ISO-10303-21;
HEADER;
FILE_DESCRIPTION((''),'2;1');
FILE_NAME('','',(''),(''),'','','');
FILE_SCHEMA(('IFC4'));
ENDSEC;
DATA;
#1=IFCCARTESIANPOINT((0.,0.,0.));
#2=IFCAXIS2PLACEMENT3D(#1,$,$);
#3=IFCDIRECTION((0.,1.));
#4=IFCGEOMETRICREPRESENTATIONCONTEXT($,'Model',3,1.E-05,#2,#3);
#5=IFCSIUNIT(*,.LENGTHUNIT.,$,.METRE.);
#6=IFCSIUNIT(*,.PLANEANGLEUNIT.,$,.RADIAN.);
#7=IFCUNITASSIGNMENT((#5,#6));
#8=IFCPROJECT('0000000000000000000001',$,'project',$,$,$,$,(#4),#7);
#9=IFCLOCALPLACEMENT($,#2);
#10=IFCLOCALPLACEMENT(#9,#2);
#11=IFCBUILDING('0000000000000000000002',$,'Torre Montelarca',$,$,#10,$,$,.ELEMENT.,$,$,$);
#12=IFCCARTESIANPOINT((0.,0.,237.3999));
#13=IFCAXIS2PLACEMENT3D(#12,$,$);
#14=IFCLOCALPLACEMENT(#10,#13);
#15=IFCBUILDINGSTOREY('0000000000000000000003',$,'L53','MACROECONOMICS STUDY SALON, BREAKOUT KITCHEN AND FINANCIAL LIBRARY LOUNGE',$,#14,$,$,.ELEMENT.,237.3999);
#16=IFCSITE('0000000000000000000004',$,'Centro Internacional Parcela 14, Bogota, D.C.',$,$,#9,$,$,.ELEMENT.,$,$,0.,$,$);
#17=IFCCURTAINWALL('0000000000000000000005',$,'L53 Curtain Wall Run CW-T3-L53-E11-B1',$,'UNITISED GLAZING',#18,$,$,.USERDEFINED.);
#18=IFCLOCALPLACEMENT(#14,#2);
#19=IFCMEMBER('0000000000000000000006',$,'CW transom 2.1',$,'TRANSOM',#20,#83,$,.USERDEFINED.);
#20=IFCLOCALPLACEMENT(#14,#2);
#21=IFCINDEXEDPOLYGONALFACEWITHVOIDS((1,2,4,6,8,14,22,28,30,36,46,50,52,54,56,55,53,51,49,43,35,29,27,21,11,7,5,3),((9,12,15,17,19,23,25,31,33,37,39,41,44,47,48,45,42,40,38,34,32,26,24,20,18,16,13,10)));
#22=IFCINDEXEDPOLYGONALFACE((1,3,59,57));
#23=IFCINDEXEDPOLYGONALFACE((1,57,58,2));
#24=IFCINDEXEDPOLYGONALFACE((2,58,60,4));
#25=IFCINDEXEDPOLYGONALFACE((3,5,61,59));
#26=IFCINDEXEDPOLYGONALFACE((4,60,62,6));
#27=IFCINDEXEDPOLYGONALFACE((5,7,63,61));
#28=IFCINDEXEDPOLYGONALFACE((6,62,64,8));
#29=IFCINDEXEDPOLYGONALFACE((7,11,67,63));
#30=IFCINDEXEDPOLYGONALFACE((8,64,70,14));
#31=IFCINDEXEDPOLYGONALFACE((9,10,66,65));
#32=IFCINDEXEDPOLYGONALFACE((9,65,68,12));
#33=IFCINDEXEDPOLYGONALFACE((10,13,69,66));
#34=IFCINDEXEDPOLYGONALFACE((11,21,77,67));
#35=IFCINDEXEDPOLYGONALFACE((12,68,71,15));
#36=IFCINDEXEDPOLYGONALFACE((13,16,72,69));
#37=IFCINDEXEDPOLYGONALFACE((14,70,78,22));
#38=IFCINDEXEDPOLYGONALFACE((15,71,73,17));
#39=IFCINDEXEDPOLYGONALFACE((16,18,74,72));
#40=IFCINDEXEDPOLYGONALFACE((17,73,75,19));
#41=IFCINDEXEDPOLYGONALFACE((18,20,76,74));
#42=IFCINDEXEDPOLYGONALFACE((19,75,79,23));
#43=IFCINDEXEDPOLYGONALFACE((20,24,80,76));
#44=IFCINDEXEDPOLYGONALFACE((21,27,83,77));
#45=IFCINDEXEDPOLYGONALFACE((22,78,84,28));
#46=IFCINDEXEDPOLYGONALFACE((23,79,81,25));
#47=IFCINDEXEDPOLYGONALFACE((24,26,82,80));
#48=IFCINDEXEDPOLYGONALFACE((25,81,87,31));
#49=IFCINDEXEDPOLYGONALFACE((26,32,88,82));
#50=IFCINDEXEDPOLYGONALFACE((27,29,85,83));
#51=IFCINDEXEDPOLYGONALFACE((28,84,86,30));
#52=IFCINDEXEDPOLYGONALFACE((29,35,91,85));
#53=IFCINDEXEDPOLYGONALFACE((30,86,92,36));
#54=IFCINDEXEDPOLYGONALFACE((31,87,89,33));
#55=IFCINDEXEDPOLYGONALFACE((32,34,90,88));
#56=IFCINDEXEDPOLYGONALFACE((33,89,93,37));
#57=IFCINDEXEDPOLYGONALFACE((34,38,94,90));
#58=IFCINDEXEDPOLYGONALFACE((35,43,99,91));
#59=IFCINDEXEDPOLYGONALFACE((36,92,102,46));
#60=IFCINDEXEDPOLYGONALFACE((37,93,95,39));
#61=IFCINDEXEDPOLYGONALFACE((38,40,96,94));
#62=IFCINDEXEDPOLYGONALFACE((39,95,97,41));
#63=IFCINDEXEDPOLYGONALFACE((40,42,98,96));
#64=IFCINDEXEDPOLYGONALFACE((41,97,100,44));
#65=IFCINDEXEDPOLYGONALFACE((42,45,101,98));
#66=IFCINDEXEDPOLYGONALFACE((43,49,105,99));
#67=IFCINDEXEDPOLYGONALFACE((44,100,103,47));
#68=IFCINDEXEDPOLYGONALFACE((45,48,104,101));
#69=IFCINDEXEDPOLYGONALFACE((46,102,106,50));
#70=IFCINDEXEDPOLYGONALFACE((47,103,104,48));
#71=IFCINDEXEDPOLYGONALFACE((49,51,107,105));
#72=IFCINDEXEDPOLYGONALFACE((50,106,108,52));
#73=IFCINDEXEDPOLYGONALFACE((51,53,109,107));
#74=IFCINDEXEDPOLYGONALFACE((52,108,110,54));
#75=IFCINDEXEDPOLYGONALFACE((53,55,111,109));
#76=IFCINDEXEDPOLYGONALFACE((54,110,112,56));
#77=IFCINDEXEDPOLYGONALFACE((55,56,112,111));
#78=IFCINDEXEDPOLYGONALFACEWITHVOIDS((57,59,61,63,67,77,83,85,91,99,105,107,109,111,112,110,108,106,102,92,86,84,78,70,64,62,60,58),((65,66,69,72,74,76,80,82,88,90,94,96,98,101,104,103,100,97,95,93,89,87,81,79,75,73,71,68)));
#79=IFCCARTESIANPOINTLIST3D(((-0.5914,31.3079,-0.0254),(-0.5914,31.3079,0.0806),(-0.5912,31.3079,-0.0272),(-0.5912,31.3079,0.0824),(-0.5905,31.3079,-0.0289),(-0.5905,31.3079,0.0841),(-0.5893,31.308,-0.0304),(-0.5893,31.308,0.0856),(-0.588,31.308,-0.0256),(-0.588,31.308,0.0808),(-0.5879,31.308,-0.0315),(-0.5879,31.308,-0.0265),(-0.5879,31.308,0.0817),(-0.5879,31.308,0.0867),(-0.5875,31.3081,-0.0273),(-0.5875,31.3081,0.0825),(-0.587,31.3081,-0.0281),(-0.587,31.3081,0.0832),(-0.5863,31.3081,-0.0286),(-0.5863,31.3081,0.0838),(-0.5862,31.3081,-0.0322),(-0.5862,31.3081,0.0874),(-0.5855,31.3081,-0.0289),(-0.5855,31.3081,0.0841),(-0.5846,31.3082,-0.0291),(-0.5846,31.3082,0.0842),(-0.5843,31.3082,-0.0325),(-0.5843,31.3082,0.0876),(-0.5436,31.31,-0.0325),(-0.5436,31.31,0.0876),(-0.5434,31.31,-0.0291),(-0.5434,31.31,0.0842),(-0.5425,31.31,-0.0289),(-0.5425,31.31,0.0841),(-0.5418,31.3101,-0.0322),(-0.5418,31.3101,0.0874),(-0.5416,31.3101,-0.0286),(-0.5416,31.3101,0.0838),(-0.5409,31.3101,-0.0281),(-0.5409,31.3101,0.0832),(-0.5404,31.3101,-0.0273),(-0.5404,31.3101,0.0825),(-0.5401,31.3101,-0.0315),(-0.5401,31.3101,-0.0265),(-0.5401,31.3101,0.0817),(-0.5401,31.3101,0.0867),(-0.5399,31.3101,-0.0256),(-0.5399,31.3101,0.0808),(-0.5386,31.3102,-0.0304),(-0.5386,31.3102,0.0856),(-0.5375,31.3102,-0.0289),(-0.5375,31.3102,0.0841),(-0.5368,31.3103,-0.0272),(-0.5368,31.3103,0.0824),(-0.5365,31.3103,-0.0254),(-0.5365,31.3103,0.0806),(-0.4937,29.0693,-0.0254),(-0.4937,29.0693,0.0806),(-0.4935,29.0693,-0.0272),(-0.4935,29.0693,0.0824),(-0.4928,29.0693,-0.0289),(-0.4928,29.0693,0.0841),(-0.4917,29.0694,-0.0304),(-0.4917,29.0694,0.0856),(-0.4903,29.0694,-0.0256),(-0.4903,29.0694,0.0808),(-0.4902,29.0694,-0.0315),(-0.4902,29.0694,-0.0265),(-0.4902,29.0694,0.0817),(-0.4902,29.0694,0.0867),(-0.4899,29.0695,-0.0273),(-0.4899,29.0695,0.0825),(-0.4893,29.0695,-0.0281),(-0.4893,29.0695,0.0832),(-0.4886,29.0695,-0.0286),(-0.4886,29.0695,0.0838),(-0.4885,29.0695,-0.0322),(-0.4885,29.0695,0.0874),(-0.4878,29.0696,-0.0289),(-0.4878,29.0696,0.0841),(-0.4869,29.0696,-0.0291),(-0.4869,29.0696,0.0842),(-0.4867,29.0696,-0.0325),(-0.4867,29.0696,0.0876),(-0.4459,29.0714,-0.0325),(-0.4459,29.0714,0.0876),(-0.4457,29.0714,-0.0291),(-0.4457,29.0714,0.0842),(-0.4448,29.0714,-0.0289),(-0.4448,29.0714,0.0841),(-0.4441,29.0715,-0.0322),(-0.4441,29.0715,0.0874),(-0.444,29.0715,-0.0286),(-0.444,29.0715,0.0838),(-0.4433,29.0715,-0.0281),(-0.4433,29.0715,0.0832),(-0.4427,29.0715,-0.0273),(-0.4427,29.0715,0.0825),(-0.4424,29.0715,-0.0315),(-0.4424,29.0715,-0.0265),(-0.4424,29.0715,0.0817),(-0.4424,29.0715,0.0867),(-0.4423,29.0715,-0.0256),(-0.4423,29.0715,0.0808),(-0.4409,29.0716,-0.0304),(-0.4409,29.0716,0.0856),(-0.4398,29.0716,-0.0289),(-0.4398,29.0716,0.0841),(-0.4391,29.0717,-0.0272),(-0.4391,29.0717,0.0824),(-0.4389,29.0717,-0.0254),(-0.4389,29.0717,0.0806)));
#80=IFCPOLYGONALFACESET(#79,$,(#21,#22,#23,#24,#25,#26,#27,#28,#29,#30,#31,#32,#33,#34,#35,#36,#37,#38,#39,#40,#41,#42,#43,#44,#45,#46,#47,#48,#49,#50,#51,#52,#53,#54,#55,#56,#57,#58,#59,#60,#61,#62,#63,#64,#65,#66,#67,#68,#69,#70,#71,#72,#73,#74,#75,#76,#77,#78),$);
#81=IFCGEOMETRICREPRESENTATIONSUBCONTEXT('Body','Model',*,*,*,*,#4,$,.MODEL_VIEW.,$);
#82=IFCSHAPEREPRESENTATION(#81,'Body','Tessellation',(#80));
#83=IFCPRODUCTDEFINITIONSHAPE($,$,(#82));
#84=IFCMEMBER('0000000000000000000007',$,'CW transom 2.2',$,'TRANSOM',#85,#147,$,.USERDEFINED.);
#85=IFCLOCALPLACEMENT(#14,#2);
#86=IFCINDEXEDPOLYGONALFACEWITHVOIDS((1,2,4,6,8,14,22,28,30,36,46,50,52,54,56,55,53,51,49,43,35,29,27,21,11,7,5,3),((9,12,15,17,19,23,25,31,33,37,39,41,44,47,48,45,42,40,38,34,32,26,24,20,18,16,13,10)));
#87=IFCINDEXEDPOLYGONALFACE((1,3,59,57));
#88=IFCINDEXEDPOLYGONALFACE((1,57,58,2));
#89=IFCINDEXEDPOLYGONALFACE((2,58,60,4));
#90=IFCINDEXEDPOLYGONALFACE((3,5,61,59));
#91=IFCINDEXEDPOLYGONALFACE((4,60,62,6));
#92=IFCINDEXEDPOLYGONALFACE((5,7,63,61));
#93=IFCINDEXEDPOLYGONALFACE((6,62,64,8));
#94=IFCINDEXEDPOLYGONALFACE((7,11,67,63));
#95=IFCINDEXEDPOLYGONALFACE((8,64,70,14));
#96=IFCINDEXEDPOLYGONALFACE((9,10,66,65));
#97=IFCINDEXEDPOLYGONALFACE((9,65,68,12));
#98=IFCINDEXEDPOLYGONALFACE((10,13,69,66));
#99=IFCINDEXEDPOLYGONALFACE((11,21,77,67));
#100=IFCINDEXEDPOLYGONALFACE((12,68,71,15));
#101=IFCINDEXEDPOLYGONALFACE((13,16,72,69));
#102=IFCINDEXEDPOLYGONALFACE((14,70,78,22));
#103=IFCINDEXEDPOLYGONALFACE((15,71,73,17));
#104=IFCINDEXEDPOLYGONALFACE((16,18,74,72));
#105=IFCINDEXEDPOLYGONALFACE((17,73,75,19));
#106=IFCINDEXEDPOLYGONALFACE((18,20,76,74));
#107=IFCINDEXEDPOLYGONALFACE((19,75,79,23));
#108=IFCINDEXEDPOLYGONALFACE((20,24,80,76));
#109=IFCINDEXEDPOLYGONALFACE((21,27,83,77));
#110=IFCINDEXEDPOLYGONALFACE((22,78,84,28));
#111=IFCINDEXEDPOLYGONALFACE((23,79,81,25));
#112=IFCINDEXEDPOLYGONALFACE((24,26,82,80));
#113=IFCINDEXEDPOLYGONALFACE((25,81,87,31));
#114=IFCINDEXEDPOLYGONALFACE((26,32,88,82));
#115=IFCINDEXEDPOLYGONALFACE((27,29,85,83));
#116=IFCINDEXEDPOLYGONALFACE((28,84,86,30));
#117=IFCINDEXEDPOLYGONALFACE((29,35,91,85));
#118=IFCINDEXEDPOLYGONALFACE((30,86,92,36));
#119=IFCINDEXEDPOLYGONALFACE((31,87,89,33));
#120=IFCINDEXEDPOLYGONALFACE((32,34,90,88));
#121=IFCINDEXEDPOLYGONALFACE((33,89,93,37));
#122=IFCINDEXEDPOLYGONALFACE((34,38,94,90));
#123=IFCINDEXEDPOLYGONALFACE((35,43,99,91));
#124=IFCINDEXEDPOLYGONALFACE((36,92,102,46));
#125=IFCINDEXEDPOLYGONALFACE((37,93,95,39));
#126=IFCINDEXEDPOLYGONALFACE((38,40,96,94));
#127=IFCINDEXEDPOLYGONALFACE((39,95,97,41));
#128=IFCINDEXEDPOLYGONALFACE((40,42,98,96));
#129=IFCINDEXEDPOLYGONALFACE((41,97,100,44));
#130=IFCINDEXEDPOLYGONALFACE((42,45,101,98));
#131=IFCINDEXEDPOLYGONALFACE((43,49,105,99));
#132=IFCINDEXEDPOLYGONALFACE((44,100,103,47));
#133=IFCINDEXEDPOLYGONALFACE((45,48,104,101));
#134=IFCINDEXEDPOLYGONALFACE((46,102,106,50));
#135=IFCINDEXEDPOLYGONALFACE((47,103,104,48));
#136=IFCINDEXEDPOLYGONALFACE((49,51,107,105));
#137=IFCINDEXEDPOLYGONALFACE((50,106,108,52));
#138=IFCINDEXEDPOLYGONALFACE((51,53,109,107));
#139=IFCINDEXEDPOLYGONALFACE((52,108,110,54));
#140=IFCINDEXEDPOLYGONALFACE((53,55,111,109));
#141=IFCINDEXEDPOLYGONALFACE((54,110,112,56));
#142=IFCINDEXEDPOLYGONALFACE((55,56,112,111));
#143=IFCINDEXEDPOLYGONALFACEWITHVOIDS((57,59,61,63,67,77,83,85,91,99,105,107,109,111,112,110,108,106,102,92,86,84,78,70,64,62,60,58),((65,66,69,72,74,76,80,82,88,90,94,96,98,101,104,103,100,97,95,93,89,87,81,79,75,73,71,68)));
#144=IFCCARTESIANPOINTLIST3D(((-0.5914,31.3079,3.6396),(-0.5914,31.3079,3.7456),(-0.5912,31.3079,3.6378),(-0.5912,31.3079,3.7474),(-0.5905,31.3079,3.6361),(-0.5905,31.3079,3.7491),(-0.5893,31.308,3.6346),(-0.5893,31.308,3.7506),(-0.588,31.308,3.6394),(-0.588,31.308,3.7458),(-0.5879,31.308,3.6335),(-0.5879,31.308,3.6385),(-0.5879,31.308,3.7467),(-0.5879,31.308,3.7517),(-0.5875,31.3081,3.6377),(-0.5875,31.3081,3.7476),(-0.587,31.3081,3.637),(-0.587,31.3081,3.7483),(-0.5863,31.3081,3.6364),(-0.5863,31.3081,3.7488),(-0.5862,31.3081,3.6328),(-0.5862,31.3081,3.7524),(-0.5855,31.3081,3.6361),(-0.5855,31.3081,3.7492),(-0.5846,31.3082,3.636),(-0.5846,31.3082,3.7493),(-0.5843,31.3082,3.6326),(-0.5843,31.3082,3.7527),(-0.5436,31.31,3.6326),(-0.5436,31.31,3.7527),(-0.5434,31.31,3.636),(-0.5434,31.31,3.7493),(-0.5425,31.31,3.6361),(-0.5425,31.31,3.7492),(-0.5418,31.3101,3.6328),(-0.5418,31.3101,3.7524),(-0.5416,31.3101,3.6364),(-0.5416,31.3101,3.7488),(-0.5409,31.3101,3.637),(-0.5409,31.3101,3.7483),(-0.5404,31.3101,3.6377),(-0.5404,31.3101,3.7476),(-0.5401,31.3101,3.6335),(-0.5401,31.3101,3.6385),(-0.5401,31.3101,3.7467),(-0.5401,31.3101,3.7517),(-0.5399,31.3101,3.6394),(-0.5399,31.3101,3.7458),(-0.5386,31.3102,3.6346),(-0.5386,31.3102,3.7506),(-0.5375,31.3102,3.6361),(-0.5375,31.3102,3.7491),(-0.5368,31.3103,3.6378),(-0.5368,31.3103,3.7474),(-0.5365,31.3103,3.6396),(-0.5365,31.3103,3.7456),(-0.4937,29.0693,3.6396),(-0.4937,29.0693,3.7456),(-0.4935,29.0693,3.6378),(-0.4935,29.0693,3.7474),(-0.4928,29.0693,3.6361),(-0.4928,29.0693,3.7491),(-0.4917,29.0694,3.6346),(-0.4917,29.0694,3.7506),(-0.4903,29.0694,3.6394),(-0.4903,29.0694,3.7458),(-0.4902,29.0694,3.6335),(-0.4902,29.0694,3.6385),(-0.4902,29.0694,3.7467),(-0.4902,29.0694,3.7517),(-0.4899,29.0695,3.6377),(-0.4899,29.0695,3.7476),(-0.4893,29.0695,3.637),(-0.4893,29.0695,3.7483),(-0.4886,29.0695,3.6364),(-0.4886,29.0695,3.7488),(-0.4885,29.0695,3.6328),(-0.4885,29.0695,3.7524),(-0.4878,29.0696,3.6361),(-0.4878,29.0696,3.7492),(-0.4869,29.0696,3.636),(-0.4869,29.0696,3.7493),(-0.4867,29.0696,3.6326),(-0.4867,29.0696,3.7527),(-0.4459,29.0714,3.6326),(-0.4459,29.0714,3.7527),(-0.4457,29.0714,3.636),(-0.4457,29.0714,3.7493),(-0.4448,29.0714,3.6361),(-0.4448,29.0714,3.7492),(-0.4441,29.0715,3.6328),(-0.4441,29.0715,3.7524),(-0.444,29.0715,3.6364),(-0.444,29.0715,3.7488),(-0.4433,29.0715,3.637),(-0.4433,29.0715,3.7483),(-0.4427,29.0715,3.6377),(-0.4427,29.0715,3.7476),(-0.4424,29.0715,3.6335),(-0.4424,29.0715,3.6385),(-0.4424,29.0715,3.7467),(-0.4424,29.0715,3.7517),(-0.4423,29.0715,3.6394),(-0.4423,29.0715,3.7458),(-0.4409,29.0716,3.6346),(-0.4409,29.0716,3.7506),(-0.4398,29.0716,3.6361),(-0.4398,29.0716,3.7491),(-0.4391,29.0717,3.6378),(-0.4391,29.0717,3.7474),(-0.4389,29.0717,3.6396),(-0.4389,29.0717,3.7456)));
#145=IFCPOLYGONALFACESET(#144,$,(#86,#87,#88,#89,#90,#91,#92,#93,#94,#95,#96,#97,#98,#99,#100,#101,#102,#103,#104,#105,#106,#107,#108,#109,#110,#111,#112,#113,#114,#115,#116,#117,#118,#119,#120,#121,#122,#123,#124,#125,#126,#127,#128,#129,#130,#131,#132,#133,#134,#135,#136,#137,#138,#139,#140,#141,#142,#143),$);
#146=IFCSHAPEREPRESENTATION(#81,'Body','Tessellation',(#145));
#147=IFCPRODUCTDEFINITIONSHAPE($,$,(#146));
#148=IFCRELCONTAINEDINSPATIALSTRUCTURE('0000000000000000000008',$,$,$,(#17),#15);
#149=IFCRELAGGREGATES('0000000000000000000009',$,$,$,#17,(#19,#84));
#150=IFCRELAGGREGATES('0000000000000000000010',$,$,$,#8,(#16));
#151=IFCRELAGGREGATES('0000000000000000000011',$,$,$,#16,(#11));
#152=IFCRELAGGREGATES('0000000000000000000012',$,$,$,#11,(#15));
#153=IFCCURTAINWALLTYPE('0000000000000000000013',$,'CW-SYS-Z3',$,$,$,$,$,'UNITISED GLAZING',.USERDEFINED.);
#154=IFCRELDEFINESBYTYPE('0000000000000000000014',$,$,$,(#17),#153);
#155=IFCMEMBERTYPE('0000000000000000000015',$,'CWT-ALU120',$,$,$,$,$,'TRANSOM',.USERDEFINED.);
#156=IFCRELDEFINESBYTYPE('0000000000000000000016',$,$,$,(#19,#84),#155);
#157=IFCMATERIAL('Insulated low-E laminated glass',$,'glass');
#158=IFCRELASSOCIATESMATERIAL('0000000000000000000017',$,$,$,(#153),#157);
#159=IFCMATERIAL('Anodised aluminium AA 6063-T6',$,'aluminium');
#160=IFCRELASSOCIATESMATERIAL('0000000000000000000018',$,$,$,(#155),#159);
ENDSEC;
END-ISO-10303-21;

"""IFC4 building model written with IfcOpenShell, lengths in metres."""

from ifc_helpers import new_model, si_unit, direction, frame, origin, origin_2d, place, context, subcontext, project, spatial, hollow_rectangle, extrude, source, transform, mapped, material, material_profile, profile_set, type_object, element, aggregate, save


model = new_model("IFC4")

# Units and contexts
model_context = context("Model", 3, precision=1e-05, world=origin(), true_north=direction((0.0, 1.0)))
body_context = subcontext(model_context, "Body", "Model", "MODEL_VIEW")
ifc_project = project(units=[si_unit("LENGTHUNIT", "METRE"), si_unit("PLANEANGLEUNIT", "RADIAN")], contexts=[model_context])

# Site, building, storey
site_placement = place(None, origin())
site = spatial("IfcSite", under=ifc_project, at=site_placement, Name="Centro Internacional Parcela 14, Bogota, D.C.", CompositionType="ELEMENT", RefElevation=0.0)
building_placement = place(site_placement, origin())
building = spatial("IfcBuilding", under=site, at=building_placement, Name="Torre Montelarca", CompositionType="ELEMENT")
storey_placement = place(building_placement, frame((0.0, 0.0, 237.3999)))
storey = spatial("IfcBuildingStorey", under=building, at=storey_placement, Name="L53", Description="MACROECONOMICS STUDY SALON, BREAKOUT KITCHEN AND FINANCIAL LIBRARY LOUNGE", CompositionType="ELEMENT", Elevation=237.3999)

# Curtain wall, members
ifc_material_1 = material(Name="Insulated low-E laminated glass", Category="glass")
curtain_wall_type = type_object("IfcCurtainWallType", Name="CW-SYS-Z3", ElementType="UNITISED GLAZING", PredefinedType="USERDEFINED", material=ifc_material_1)
ifc_material_2 = material(Name="Anodised aluminium AA 6063-T6", Category="aluminium")
ifc_material_profile_1 = material_profile(ifc_material_2, hollow_rectangle(XDim=0.0549, YDim=0.1201, WallThickness=0.0034, InnerFilletRadius=0.0034, OuterFilletRadius=0.0071, at=origin_2d()), Name="ALU55X120X3.5", Category="aluminium")
ifc_profile_set_1 = profile_set([ifc_material_profile_1], Name="Anodised aluminium AA 6063-T6")
member_type_1 = type_object("IfcMemberType", Name="CWT-ALU120", ElementType="TRANSOM", PredefinedType="USERDEFINED", material=ifc_profile_set_1)
curtain_wall_1_placement = place(storey_placement, origin())
curtain_wall_1 = element("IfcCurtainWall", 1, at=curtain_wall_1_placement, inside=storey, type_object=curtain_wall_type, Name="L53 Curtain Wall Run CW-T3-L53-E11-B1", ObjectType="UNITISED GLAZING", PredefinedType="USERDEFINED")
shared_shape_1 = source(origin(), body_context, "Body", "SweptSolid", [
    extrude(hollow_rectangle(XDim=0.0549, YDim=0.1201, WallThickness=0.0034, InnerFilletRadius=0.0034, OuterFilletRadius=0.0071, at=origin_2d()), origin(), (0.0, 0.0, 1.0), 2.2407),
])
member_1_placement = place(storey_placement, frame((-0.564, 31.3091, 0.0276), z_axis=(0.043584, -0.99905, 0.0), x_axis=(0.99905, 0.043584, 0.0)))
member_1 = element("IfcMember", 2, at=member_1_placement, type_object=member_type_1, Name="CW transom 2.1", ObjectType="TRANSOM", PredefinedType="USERDEFINED", context=body_context, shape_type="MappedRepresentation", body=[
    mapped(shared_shape_1, transform((0.0, 0.0, 0.0), scale=1.0)),
])
member_2_placement = place(storey_placement, frame((-0.564, 31.3091, 3.6926), z_axis=(0.043584, -0.99905, 0.0), x_axis=(0.99905, 0.043584, 0.0)))
member_2 = element("IfcMember", 3, at=member_2_placement, type_object=member_type_1, Name="CW transom 2.2", ObjectType="TRANSOM", PredefinedType="USERDEFINED", context=body_context, shape_type="MappedRepresentation", body=[
    mapped(shared_shape_1, transform((0.0, 0.0, 0.0), scale=1.0)),
])

aggregate(curtain_wall_1, [member_1, member_2])

save(model, "model.ifc")
